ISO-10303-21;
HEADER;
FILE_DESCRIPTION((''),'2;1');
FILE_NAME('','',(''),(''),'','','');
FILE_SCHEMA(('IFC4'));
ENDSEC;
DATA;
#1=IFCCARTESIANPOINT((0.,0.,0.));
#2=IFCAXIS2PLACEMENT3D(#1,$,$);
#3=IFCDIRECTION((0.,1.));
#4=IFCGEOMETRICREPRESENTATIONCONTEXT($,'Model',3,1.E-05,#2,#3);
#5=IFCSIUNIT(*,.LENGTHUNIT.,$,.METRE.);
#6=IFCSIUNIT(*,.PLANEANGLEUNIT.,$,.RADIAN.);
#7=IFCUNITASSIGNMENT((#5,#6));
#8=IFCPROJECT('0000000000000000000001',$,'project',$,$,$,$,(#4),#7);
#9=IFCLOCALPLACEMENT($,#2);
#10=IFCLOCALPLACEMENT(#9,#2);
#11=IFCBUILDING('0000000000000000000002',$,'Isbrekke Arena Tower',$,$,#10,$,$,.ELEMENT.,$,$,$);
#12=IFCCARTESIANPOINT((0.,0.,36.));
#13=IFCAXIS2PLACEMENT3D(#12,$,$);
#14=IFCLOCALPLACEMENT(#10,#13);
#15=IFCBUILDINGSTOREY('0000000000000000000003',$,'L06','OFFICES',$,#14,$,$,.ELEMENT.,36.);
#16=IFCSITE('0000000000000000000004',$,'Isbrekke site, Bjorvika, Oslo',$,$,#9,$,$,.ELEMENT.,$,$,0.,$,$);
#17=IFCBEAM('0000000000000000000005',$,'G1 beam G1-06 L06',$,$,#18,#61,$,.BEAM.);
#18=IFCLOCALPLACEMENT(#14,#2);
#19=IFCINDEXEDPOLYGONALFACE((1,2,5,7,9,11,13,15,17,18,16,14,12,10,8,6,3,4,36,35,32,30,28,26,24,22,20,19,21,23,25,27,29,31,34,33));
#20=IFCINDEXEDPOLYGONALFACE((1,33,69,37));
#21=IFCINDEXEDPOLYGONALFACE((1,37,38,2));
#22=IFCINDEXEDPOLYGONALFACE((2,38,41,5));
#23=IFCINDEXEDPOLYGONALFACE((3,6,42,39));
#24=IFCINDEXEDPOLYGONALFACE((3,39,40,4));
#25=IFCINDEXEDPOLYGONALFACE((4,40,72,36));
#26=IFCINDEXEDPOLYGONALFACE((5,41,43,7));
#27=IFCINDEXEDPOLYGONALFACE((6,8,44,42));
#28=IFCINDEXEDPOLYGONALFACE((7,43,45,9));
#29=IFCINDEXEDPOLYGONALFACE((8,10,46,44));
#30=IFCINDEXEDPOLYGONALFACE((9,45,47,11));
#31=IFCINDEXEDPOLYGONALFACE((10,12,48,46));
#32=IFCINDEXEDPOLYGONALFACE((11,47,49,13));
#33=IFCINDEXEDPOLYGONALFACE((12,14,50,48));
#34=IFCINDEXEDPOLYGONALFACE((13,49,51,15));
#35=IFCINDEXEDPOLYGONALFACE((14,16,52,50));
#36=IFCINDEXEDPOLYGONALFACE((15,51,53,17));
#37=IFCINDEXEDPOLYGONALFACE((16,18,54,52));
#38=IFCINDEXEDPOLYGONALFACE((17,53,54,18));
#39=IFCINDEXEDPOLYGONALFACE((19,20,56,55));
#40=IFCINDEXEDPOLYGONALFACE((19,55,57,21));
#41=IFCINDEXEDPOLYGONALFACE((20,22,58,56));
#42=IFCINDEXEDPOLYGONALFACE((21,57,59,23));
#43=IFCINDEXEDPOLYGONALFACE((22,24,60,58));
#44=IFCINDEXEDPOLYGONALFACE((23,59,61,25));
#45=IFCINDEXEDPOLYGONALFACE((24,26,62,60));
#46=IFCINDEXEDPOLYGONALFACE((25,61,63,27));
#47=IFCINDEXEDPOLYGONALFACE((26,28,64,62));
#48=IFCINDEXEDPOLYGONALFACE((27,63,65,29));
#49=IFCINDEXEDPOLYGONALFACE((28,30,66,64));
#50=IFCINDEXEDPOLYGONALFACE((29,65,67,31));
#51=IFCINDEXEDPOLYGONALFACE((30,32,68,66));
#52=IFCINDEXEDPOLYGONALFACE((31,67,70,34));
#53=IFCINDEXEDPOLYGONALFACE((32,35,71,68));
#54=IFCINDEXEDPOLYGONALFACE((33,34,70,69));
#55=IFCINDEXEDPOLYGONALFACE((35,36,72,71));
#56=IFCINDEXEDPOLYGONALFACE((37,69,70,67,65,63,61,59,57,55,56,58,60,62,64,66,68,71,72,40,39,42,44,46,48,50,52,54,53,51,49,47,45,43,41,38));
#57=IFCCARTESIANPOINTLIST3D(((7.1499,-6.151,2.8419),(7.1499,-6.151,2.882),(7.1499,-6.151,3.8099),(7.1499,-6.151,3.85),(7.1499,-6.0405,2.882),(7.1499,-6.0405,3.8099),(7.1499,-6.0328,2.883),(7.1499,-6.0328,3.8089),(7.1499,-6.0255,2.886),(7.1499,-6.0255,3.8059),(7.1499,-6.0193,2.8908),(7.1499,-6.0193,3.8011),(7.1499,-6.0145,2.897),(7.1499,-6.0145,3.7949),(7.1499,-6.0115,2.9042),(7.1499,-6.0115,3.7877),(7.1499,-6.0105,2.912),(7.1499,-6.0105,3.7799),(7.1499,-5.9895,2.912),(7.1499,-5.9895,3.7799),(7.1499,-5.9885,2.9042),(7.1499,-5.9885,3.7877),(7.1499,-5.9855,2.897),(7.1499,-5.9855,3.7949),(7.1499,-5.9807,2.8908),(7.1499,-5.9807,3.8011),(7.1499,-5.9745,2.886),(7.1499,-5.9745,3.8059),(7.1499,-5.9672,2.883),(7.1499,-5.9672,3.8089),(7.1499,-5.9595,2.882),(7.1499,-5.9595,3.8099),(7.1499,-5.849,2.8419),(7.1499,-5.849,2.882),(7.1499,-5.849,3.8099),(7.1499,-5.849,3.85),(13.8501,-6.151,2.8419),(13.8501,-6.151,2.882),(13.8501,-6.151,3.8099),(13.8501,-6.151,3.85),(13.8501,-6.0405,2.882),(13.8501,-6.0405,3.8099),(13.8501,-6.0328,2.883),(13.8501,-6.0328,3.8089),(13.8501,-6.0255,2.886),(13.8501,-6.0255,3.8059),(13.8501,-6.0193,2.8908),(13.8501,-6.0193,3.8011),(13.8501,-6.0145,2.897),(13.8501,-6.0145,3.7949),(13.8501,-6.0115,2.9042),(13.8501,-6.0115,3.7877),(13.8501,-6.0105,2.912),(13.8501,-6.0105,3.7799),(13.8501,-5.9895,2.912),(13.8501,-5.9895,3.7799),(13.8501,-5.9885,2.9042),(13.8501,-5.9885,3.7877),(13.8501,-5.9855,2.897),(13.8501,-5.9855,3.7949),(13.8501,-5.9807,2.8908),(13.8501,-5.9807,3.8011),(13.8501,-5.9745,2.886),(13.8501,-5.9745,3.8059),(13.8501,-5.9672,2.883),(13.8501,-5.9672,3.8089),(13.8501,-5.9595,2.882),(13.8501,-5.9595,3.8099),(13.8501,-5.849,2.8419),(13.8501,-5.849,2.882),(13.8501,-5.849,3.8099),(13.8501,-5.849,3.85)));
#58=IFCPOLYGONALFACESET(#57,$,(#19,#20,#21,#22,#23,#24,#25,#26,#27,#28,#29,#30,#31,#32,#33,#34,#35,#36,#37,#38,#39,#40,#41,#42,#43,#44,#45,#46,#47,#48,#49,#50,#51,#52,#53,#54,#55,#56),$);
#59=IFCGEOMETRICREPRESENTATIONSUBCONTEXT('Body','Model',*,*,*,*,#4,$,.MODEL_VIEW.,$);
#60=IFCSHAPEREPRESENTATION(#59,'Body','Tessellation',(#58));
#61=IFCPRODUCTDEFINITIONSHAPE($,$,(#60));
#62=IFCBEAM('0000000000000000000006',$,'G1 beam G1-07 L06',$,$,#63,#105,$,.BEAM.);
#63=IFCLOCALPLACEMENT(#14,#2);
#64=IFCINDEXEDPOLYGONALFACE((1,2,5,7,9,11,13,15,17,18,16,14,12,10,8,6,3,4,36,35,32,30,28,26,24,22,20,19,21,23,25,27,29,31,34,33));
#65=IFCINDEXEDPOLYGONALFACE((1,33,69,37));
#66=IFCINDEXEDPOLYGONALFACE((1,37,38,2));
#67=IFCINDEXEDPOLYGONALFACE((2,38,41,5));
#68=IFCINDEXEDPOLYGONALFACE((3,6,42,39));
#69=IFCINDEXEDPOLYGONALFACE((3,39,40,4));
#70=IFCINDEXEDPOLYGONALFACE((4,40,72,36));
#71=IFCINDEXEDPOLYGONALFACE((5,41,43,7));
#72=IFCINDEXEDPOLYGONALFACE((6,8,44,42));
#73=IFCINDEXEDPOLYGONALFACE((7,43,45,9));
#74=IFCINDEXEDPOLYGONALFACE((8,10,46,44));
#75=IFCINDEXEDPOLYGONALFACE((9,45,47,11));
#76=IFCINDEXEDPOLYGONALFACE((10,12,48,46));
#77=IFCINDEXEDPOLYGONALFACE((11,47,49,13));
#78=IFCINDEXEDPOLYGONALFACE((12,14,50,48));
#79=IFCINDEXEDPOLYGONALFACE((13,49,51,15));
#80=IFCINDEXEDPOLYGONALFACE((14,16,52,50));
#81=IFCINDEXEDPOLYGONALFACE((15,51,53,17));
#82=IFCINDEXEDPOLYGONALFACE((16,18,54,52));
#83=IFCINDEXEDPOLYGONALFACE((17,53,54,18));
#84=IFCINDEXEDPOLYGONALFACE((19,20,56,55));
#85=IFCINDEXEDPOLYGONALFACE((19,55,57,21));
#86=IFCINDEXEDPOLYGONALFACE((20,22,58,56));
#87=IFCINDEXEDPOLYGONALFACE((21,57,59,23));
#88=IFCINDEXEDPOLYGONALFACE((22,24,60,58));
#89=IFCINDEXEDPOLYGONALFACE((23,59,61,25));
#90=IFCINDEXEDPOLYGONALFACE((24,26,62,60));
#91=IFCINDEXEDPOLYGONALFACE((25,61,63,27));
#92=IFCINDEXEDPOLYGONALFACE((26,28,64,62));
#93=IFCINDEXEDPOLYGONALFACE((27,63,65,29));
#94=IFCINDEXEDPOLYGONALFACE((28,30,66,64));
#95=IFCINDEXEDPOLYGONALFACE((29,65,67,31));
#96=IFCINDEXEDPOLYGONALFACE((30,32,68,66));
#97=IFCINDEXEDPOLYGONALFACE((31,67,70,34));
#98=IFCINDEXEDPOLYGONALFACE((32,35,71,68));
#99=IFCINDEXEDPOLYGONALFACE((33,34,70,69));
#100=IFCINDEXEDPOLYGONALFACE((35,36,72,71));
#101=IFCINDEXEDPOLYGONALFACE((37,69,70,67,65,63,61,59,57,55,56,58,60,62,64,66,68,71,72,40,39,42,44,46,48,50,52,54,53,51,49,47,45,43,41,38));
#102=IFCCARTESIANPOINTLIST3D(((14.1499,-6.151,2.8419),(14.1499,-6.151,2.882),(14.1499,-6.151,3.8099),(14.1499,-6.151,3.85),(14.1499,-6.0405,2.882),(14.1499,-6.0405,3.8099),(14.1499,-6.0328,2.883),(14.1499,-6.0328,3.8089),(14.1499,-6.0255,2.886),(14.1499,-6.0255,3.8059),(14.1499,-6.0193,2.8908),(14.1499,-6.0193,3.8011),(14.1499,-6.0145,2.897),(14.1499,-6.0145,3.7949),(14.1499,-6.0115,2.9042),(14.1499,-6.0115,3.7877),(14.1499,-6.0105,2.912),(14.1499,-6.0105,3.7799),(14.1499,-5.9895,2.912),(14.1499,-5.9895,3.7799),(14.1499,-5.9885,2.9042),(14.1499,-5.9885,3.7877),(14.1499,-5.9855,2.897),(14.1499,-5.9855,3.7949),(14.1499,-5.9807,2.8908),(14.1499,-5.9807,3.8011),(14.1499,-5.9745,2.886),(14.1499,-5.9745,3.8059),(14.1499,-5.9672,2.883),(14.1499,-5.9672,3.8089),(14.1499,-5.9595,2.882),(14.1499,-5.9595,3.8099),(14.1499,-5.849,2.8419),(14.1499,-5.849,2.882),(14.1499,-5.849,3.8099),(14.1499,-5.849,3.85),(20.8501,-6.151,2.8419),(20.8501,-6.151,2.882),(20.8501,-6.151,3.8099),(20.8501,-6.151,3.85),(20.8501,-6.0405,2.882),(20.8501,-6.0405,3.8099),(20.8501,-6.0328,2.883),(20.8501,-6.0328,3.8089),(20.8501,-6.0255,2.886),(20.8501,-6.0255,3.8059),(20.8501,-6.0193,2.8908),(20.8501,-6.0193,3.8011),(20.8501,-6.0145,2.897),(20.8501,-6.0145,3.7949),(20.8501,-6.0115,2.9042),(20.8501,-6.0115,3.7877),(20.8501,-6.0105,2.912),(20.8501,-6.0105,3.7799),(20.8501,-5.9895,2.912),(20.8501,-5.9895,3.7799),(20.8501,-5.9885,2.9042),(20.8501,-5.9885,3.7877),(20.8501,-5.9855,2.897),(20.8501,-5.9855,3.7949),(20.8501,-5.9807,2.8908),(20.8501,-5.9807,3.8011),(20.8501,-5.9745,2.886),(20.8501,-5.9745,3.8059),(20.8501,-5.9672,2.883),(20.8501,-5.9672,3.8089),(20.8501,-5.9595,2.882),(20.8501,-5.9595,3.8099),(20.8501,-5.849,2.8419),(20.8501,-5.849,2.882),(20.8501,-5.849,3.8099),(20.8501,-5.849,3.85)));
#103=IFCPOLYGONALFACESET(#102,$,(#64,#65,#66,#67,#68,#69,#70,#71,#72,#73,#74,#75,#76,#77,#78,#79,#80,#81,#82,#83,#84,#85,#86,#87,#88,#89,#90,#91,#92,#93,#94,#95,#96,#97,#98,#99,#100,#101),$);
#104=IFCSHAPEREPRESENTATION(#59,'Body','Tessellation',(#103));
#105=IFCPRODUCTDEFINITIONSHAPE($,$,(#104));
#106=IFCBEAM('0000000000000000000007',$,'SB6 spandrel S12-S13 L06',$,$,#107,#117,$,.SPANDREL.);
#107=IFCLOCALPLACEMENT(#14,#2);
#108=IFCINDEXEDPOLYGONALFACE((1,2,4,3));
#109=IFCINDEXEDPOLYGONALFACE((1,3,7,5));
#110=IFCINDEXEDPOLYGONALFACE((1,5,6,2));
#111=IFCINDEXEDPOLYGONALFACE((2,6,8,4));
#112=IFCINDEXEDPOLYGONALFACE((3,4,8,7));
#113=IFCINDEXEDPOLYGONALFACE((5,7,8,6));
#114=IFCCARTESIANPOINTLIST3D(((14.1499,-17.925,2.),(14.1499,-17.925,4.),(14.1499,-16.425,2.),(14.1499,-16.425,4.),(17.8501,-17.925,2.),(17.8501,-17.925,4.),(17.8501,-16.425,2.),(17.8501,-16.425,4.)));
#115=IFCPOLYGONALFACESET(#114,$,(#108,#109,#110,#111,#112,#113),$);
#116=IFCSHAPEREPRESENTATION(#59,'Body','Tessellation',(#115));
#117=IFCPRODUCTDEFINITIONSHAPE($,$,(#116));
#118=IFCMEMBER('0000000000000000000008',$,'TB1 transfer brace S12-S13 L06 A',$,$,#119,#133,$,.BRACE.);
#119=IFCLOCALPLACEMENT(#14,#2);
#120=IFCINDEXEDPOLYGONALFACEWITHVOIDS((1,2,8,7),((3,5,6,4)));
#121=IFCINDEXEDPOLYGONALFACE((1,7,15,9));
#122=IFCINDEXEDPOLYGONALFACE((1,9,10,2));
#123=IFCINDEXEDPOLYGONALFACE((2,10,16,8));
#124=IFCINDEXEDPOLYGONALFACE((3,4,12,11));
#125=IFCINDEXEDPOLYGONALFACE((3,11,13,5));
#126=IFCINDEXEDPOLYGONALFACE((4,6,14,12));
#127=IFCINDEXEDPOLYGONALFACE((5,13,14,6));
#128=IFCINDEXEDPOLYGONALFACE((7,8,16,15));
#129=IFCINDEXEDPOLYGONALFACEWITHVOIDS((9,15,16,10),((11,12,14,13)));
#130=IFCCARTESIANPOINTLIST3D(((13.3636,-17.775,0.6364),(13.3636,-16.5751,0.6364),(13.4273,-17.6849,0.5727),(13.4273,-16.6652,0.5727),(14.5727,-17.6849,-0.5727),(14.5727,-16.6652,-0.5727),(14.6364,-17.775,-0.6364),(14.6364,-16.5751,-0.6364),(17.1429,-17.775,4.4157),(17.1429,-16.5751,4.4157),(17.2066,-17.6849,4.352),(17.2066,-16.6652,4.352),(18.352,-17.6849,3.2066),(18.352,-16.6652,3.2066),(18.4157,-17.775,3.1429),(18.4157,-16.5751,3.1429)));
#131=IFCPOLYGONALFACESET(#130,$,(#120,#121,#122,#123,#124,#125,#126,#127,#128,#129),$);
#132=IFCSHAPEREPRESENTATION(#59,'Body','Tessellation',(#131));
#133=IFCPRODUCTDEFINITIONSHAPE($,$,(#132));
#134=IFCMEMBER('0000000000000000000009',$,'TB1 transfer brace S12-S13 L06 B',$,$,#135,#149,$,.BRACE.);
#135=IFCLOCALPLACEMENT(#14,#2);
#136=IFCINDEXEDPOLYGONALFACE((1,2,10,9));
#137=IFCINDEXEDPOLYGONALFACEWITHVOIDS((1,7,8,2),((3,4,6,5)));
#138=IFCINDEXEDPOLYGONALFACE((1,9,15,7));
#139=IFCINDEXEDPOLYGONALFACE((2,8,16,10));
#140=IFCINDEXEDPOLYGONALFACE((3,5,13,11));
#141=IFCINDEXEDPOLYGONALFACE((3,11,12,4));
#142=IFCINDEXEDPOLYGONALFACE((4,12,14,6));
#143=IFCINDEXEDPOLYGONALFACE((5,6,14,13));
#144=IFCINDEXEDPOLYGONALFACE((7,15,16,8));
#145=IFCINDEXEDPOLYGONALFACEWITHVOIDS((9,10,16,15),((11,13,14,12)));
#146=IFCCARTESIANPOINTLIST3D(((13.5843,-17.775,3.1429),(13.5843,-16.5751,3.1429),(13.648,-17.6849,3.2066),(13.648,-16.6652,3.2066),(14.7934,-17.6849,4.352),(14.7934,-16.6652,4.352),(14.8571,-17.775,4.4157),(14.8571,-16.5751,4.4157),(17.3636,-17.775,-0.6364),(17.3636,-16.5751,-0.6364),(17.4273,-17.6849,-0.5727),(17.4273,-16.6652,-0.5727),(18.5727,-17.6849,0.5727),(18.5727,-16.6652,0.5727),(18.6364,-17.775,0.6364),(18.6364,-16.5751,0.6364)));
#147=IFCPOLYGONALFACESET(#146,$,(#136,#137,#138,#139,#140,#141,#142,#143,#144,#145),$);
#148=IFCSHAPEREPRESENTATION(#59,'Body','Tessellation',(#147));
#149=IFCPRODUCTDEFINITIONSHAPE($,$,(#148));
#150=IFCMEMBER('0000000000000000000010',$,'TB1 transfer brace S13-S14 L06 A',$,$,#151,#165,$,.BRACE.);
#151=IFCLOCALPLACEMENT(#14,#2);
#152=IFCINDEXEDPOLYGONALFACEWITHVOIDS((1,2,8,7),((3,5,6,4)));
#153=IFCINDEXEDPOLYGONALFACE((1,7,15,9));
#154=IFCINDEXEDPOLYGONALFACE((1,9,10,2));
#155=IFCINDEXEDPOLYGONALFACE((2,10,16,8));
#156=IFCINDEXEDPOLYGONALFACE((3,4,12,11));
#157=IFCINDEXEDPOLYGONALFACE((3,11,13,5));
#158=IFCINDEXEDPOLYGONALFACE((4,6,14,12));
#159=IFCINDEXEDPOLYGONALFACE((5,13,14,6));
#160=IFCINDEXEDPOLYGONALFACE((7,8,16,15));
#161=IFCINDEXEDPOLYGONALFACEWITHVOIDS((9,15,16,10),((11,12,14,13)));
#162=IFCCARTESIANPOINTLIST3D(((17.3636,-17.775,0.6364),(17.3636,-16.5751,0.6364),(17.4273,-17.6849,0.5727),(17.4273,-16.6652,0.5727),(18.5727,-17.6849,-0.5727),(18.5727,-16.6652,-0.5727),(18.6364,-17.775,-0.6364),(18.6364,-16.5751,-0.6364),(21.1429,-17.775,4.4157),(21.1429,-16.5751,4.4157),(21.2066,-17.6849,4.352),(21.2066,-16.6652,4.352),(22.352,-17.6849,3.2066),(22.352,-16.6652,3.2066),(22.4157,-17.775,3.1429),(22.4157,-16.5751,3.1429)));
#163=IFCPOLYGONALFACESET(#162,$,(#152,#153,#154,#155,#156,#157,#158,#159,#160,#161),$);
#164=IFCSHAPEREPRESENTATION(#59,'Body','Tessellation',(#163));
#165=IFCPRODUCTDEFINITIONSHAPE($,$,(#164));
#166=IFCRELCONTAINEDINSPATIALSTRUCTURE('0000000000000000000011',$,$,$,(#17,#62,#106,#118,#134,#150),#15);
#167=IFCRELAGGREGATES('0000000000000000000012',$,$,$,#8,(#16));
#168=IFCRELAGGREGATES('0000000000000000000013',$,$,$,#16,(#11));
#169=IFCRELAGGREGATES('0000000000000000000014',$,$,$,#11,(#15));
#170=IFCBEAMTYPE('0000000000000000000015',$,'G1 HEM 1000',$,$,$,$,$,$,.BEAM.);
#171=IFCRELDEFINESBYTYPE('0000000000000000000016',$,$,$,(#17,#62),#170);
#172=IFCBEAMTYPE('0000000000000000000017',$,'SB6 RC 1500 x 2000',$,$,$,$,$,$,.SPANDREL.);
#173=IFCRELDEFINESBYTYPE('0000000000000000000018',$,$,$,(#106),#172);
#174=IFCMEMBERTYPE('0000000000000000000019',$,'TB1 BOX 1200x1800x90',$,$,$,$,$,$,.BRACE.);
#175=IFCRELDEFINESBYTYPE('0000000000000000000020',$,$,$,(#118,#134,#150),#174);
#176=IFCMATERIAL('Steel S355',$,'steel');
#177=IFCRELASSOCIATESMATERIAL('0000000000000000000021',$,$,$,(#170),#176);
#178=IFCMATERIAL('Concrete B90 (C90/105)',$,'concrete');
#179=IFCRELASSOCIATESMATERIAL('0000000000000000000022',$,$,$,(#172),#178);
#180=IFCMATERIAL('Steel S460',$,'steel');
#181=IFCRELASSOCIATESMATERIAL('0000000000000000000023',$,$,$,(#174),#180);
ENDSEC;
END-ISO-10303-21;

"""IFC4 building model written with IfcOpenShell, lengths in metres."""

from ifc_helpers import new_model, si_unit, direction, frame, origin, origin_2d, place, context, subcontext, project, spatial, rectangle, hollow_rectangle, i_section, extrude, material, material_profile, profile_set, type_object, element, save


model = new_model("IFC4")

# Units and contexts
model_context = context("Model", 3, precision=1e-05, world=origin(), true_north=direction((0.0, 1.0)))
body_context = subcontext(model_context, "Body", "Model", "MODEL_VIEW")
ifc_project = project(units=[si_unit("LENGTHUNIT", "METRE"), si_unit("PLANEANGLEUNIT", "RADIAN")], contexts=[model_context])

# Site, building, storey
site_placement = place(None, origin())
site = spatial("IfcSite", under=ifc_project, at=site_placement, Name="Isbrekke site, Bjorvika, Oslo", CompositionType="ELEMENT", RefElevation=0.0)
building_placement = place(site_placement, origin())
building = spatial("IfcBuilding", under=site, at=building_placement, Name="Isbrekke Arena Tower", CompositionType="ELEMENT")
storey_placement = place(building_placement, frame((0.0, 0.0, 36.0)))
storey = spatial("IfcBuildingStorey", under=building, at=storey_placement, Name="L06", Description="OFFICES", CompositionType="ELEMENT", Elevation=36.0)

# Beams
ifc_material_1 = material(Name="Steel S355", Category="steel")
ifc_material_profile_1 = material_profile(ifc_material_1, i_section(OverallWidth=0.302, OverallDepth=1.0081, WebThickness=0.021, FlangeThickness=0.04, FilletRadius=0.03, at=origin_2d()), Name="HEM 1000")
ifc_profile_set_1 = profile_set([ifc_material_profile_1], Name="Steel S355")
beam_type_1 = type_object("IfcBeamType", Name="G1 HEM 1000", PredefinedType="BEAM", material=ifc_profile_set_1)
for number, where, z_axis, x_axis, name in (
    (1, (7.1499, -6.0, 3.3459), (1.0, 0.0, 0.0), (0.0, 1.0, 0.0), "G1 beam G1-06 L06"),
    (2, (14.1499, -6.0, 3.3459), (1.0, 0.0, 0.0), (0.0, 1.0, 0.0), "G1 beam G1-07 L06"),
):
    element("IfcBeam", number, at=place(storey_placement, frame(where, z_axis=z_axis, x_axis=x_axis)), inside=storey, type_object=beam_type_1, Name=name, PredefinedType="BEAM", context=body_context, shape_type="SweptSolid", body=[
        extrude(i_section(OverallWidth=0.302, OverallDepth=1.0081, WebThickness=0.021, FlangeThickness=0.04, FilletRadius=0.03, at=origin_2d()), origin(), (0.0, 0.0, 1.0), 6.7002),
    ])
ifc_material_2 = material(Name="Concrete B90 (C90/105)", Category="concrete")
ifc_material_profile_2 = material_profile(ifc_material_2, rectangle(XDim=1.5, YDim=2.0, at=origin_2d()), Name="RC 1500x2000")
ifc_profile_set_2 = profile_set([ifc_material_profile_2], Name="Concrete B90 (C90/105)")
beam_type_2 = type_object("IfcBeamType", Name="SB6 RC 1500 x 2000", PredefinedType="SPANDREL", material=ifc_profile_set_2)
beam_1_placement = place(storey_placement, frame((14.1499, -17.175, 3.0), z_axis=(1.0, 0.0, 0.0), x_axis=(0.0, 1.0, 0.0)))
element("IfcBeam", 3, at=beam_1_placement, inside=storey, type_object=beam_type_2, Name="SB6 spandrel S12-S13 L06", PredefinedType="SPANDREL", context=body_context, shape_type="SweptSolid", body=[
    extrude(rectangle(XDim=1.5, YDim=2.0, at=origin_2d()), origin(), (0.0, 0.0, 1.0), 3.7002),
])

# Members
ifc_material_3 = material(Name="Steel S460", Category="steel")
ifc_material_profile_3 = material_profile(ifc_material_3, hollow_rectangle(XDim=1.2, YDim=1.8, WallThickness=0.0901, at=origin_2d()), Name="BOX 1200x1800x90")
ifc_profile_set_3 = profile_set([ifc_material_profile_3], Name="Steel S460")
member_type = type_object("IfcMemberType", Name="TB1 BOX 1200x1800x90", PredefinedType="BRACE", material=ifc_profile_set_3)
for number, where, z_axis, x_axis, name in (
    (4, (14.0, -17.175, 0.0), (0.707107, 0.0, 0.707107), (0.0, 1.0, 0.0), "TB1 transfer brace S12-S13 L06 A"),
    (5, (14.2207, -17.175, 3.7793), (0.707107, 0.0, -0.707107), (0.0, 1.0, 0.0), "TB1 transfer brace S12-S13 L06 B"),
    (6, (18.0, -17.175, 0.0), (0.707107, 0.0, 0.707107), (0.0, 1.0, 0.0), "TB1 transfer brace S13-S14 L06 A"),
):
    element("IfcMember", number, at=place(storey_placement, frame(where, z_axis=z_axis, x_axis=x_axis)), inside=storey, type_object=member_type, Name=name, PredefinedType="BRACE", context=body_context, shape_type="SweptSolid", body=[
        extrude(hollow_rectangle(XDim=1.2, YDim=1.8, WallThickness=0.0901, at=origin_2d()), origin(), (0.0, 0.0, 1.0), 5.3447),
    ])

save(model, "model.ifc")
